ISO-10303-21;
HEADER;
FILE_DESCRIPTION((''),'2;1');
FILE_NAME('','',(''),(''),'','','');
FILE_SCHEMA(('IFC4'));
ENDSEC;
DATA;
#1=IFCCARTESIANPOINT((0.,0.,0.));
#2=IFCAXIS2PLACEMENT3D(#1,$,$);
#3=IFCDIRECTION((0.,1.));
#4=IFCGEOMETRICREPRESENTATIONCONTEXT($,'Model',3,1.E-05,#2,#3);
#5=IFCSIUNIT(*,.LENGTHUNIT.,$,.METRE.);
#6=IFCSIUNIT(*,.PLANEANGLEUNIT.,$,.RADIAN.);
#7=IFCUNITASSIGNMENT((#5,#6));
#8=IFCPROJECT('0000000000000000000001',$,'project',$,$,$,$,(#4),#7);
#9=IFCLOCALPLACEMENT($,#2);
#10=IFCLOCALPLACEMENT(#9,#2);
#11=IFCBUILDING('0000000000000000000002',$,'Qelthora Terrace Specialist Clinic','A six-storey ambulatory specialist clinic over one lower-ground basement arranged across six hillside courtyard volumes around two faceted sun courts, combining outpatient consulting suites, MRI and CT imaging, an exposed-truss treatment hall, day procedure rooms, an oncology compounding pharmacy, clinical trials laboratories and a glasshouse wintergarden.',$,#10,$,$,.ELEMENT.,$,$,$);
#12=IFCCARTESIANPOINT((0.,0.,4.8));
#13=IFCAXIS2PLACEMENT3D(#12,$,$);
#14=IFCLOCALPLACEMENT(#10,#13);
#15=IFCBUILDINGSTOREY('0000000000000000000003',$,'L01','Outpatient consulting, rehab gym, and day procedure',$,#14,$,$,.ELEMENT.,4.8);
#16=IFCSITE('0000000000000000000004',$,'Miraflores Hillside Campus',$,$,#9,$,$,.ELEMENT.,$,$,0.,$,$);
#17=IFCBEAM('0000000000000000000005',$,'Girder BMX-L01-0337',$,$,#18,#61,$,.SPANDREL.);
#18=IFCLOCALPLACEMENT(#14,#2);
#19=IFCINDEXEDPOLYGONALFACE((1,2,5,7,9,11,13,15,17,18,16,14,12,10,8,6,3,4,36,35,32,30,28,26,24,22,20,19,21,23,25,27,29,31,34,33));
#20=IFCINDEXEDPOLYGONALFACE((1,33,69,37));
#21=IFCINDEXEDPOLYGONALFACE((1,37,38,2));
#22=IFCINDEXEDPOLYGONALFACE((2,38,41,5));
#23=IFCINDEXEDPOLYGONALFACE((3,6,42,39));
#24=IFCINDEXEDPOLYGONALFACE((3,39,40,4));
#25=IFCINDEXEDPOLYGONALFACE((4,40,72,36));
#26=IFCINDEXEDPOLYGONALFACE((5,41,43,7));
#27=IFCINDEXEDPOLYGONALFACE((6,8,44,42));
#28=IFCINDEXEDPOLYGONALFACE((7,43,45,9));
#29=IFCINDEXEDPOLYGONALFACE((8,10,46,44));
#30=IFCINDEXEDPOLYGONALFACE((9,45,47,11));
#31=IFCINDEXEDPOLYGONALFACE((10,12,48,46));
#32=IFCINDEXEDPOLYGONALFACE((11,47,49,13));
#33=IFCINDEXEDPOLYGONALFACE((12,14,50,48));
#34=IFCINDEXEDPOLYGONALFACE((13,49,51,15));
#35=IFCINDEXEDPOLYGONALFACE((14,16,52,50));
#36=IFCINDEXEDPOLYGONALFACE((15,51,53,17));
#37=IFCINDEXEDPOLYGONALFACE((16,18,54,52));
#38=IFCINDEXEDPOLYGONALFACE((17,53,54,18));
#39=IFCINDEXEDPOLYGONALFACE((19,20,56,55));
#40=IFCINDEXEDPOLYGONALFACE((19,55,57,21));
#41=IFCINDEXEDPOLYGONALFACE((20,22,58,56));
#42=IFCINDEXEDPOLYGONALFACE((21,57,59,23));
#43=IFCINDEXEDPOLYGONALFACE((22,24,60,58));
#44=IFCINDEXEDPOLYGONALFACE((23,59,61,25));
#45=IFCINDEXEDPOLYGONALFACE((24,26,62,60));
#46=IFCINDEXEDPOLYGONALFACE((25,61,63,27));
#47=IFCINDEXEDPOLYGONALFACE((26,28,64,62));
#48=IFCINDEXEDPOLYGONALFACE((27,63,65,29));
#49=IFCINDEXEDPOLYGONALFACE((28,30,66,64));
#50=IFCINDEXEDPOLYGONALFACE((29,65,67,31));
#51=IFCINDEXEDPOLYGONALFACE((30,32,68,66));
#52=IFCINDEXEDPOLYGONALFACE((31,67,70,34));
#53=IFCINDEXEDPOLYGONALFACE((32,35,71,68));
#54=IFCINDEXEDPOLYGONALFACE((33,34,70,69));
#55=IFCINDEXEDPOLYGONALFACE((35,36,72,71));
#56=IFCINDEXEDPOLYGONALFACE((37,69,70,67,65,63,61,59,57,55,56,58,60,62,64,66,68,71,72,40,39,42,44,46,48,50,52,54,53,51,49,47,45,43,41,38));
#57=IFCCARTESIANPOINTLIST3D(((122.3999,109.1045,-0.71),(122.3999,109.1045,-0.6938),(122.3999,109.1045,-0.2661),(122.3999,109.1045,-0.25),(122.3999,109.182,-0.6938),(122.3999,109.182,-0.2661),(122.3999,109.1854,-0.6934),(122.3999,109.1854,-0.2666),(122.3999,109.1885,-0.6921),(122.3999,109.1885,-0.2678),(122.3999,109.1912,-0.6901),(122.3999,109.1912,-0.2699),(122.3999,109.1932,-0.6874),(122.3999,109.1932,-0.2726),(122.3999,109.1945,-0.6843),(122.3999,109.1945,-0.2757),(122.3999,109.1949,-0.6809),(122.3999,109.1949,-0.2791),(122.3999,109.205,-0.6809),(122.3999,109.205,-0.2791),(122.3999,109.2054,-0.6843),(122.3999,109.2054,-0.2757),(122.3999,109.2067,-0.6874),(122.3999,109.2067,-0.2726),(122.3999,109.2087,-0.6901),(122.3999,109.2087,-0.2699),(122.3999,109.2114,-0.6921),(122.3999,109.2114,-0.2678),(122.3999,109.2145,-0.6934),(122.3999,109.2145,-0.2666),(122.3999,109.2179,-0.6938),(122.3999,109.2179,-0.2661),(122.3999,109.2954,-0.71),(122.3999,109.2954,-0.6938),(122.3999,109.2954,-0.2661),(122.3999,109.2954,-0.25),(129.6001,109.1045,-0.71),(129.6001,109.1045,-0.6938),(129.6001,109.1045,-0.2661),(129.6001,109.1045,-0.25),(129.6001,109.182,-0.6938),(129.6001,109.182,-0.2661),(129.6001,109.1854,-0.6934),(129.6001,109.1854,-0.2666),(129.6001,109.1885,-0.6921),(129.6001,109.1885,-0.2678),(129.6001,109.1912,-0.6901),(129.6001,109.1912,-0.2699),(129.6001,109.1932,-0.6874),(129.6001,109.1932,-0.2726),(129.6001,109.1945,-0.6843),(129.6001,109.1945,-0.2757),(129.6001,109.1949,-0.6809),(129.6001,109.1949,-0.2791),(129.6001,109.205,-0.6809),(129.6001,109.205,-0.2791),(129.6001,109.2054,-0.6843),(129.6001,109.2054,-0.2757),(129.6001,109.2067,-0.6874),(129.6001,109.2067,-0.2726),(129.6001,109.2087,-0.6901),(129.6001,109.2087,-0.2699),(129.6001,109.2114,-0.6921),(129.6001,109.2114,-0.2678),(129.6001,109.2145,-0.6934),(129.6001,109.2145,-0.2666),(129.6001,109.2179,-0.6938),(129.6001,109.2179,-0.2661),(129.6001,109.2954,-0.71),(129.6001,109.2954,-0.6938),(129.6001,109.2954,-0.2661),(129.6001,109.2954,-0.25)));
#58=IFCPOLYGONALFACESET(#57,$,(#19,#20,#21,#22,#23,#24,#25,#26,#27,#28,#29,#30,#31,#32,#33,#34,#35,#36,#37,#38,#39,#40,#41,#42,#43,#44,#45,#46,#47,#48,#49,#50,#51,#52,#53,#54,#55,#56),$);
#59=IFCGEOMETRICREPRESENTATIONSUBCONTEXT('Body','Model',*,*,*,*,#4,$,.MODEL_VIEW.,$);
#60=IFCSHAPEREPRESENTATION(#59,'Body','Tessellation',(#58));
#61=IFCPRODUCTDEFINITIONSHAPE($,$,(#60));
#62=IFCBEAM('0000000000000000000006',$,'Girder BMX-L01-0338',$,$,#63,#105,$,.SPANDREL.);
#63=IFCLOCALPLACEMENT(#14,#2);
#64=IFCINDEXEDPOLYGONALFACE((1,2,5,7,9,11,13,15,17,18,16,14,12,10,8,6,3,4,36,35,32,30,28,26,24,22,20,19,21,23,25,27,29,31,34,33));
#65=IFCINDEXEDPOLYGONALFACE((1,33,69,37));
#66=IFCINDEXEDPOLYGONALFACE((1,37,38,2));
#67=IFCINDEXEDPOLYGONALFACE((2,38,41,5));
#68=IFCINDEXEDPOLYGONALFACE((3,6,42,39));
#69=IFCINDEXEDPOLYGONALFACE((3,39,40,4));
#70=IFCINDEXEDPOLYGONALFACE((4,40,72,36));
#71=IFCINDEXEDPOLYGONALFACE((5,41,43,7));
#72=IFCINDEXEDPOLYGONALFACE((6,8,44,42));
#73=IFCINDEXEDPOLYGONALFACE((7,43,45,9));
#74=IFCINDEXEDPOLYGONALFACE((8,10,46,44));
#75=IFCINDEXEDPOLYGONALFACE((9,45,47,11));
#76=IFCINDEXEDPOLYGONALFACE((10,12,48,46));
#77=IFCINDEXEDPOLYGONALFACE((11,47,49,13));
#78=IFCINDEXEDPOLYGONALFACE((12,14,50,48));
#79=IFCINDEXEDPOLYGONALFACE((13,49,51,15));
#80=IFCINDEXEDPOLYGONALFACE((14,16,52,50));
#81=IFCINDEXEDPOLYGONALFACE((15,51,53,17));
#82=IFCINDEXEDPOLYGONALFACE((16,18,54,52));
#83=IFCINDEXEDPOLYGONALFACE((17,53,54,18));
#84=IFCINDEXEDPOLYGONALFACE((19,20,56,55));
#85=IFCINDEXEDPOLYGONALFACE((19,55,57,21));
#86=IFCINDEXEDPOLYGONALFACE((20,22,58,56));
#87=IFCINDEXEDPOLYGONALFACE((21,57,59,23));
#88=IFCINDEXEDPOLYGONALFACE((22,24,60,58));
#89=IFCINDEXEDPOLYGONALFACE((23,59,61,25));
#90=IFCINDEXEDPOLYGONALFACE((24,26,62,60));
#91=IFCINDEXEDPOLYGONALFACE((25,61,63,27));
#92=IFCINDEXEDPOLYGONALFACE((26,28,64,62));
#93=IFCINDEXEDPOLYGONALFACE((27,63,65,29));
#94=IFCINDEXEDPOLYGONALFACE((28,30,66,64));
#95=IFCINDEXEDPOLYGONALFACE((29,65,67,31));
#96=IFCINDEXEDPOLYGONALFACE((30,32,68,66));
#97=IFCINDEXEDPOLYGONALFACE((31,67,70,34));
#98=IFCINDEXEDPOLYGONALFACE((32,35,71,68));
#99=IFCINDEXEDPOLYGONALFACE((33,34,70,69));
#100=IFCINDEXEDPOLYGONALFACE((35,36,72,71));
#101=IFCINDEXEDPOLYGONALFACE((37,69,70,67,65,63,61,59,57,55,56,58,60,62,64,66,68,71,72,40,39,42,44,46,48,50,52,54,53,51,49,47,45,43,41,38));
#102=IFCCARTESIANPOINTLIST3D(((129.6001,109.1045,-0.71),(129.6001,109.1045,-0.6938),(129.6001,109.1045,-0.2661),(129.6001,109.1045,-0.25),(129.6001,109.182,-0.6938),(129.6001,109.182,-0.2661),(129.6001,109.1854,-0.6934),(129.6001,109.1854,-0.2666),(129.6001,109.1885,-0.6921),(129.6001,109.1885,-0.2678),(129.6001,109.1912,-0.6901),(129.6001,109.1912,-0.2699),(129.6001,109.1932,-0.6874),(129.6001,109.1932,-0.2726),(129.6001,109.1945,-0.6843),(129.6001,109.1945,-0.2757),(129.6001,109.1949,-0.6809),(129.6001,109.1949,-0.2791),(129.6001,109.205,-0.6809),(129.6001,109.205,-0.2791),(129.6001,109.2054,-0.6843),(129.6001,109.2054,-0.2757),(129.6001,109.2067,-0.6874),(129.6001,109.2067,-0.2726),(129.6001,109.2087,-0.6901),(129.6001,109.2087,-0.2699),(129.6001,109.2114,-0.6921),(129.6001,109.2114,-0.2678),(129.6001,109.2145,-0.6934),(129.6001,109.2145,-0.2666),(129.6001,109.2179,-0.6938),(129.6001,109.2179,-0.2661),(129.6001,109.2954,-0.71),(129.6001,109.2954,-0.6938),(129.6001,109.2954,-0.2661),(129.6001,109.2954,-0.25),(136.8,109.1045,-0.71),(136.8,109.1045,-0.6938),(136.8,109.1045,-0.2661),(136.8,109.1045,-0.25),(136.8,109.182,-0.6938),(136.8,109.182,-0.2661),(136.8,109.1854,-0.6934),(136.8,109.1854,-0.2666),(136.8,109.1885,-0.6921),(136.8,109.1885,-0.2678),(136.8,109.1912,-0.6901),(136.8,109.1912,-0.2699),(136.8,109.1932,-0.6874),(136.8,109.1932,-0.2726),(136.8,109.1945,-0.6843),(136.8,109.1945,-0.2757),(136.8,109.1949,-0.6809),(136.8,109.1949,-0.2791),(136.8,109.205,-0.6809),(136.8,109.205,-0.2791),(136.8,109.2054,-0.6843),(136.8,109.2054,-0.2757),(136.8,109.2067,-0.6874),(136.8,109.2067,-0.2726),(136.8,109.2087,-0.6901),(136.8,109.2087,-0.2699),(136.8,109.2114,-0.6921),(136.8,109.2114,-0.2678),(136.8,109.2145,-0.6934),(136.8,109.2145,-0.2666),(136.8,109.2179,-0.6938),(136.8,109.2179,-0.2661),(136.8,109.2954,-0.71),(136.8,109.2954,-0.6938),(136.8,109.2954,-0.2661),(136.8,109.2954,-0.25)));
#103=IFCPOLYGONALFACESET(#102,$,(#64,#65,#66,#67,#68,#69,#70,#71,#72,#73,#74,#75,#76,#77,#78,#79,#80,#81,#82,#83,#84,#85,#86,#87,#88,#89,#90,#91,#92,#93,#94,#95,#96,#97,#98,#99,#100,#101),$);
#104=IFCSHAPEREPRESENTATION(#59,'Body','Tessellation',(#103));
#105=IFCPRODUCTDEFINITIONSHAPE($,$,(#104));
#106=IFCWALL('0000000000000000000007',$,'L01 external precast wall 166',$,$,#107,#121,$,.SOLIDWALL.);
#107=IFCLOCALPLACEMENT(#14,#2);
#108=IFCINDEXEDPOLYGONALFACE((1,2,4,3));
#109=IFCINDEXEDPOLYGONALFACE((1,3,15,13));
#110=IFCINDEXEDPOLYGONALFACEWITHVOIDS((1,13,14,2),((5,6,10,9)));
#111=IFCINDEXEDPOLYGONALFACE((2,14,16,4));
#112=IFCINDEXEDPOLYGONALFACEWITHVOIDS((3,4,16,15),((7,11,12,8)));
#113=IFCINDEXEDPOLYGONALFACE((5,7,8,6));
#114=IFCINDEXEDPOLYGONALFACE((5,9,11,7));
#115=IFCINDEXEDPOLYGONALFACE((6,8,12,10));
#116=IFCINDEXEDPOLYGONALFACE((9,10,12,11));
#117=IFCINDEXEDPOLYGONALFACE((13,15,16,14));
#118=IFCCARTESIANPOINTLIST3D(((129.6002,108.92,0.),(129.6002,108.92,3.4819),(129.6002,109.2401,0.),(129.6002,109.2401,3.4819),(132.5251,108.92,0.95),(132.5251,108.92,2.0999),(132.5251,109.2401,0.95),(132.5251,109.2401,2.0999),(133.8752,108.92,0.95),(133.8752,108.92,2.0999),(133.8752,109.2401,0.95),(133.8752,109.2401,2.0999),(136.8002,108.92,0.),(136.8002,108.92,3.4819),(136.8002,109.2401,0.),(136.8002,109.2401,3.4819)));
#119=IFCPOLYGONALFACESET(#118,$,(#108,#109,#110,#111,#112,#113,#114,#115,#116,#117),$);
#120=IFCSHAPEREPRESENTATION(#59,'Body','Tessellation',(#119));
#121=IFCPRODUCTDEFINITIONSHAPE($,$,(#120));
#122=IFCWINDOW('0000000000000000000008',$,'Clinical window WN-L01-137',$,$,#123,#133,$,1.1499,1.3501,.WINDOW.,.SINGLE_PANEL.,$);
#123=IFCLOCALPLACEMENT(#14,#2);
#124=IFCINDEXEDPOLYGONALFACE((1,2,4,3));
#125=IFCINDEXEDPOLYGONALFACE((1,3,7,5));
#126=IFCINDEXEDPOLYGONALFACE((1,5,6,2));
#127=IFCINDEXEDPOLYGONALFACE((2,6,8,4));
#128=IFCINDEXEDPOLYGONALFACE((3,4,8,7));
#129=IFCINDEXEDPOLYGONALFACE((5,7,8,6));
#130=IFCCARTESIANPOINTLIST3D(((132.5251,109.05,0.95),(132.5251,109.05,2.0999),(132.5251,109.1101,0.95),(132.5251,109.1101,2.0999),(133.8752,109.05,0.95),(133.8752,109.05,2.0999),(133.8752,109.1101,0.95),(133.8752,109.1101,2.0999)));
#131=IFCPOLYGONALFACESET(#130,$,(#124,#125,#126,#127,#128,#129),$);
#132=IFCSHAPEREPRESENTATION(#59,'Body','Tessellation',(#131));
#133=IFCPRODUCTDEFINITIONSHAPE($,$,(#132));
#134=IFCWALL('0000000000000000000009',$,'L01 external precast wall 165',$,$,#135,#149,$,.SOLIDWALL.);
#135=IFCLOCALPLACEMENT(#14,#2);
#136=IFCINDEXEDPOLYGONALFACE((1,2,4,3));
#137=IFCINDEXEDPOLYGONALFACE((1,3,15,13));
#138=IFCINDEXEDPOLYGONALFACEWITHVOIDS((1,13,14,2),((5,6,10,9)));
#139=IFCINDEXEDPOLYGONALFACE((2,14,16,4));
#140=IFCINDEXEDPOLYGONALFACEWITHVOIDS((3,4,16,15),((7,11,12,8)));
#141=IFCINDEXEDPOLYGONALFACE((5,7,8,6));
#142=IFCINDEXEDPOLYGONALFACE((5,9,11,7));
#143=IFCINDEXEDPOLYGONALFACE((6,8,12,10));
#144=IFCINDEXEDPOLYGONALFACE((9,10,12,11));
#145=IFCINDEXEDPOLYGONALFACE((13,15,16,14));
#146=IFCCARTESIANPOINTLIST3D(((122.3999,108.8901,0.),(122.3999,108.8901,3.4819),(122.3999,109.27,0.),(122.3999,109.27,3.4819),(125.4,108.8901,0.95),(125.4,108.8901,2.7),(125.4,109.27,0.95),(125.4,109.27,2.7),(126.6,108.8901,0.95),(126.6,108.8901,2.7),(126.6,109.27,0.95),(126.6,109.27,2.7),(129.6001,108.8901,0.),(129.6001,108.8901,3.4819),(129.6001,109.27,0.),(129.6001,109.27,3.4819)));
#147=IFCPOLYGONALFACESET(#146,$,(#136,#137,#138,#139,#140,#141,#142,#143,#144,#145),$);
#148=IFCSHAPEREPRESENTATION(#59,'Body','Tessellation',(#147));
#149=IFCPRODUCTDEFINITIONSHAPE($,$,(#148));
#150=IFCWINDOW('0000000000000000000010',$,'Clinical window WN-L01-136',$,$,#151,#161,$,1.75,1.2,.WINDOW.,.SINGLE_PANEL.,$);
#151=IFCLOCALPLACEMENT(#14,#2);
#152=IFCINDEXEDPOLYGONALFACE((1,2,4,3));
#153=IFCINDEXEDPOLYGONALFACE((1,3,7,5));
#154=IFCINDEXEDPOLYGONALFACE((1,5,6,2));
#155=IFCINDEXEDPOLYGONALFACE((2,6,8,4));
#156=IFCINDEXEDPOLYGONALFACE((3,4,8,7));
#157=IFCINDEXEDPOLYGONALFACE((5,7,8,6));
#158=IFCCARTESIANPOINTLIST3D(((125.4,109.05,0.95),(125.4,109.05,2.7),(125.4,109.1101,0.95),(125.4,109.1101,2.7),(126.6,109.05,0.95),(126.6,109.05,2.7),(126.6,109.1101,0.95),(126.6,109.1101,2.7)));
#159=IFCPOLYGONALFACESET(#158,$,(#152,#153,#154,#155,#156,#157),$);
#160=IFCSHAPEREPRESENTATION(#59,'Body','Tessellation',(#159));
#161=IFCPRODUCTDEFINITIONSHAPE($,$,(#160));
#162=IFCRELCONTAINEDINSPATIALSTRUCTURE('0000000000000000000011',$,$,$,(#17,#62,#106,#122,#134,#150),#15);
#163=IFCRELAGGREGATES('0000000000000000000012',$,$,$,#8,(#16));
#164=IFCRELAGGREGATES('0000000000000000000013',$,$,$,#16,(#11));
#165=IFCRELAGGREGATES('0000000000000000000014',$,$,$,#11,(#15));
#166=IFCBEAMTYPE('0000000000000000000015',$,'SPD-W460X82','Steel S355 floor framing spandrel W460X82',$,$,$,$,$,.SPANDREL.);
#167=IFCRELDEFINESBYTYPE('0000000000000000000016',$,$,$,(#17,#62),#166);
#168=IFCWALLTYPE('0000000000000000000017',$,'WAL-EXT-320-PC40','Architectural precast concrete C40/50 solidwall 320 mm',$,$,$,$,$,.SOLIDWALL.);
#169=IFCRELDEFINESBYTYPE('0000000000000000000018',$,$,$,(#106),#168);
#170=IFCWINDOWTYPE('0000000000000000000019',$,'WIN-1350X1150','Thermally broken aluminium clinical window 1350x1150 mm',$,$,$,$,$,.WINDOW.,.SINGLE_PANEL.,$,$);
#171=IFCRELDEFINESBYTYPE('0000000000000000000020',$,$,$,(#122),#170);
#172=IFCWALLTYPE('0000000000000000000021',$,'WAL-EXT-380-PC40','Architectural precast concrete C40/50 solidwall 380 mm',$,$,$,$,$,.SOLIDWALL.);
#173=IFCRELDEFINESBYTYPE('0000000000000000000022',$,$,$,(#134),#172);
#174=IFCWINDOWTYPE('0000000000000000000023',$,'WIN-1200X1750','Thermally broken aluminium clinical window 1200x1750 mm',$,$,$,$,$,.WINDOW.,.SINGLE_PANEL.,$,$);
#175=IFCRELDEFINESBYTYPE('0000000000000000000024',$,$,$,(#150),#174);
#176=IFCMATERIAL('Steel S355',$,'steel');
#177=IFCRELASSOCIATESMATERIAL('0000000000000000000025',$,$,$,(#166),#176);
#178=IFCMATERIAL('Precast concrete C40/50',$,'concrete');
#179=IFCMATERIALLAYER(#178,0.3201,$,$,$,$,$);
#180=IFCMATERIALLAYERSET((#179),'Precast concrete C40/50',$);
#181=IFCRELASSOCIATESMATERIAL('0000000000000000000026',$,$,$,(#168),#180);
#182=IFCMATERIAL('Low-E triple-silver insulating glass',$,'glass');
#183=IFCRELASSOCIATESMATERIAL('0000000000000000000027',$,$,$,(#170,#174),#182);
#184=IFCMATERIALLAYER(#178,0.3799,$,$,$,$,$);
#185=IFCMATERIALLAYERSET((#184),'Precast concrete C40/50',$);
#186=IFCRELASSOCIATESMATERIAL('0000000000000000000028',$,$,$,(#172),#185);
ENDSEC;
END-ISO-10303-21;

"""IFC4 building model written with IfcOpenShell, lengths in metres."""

from ifc_helpers import new_model, si_unit, direction, frame, frame_2d, origin, origin_2d, place, context, subcontext, project, spatial, rectangle, i_section, extrude, material, layer, layer_set, material_profile, profile_set, type_object, element, fill, save


model = new_model("IFC4")

# Units and contexts
model_context = context("Model", 3, precision=1e-05, world=origin(), true_north=direction((0.0, 1.0)))
body_context = subcontext(model_context, "Body", "Model", "MODEL_VIEW")
ifc_project = project(units=[si_unit("LENGTHUNIT", "METRE"), si_unit("PLANEANGLEUNIT", "RADIAN")], contexts=[model_context])

# Site, building, storey
site_placement = place(None, origin())
site = spatial("IfcSite", under=ifc_project, at=site_placement, Name="Miraflores Hillside Campus", CompositionType="ELEMENT", RefElevation=0.0)
building_placement = place(site_placement, origin())
building = spatial("IfcBuilding", under=site, at=building_placement, Name="Qelthora Terrace Specialist Clinic", Description="A six-storey ambulatory specialist clinic over one lower-ground basement arranged across six hillside courtyard volumes around two faceted sun courts, combining outpatient consulting suites, MRI and CT imaging, an exposed-truss treatment hall, day procedure rooms, an oncology compounding pharmacy, clinical trials laboratories and a glasshouse wintergarden.", CompositionType="ELEMENT")
storey_placement = place(building_placement, frame((0.0, 0.0, 4.8)))
storey = spatial("IfcBuildingStorey", under=building, at=storey_placement, Name="L01", Description="Outpatient consulting, rehab gym, and day procedure", CompositionType="ELEMENT", Elevation=4.8)

# Shared definitions
ifc_material_1 = material(Name="Steel S355", Category="steel")

# Beams
ifc_material_profile_1 = material_profile(ifc_material_1, i_section(OverallWidth=0.1909, OverallDepth=0.46, WebThickness=0.01, FlangeThickness=0.0161, FilletRadius=0.0129, at=origin_2d()), Name="W460X82")
ifc_profile_set_1 = profile_set([ifc_material_profile_1], Name="Steel S355")
beam_type_1 = type_object("IfcBeamType", Name="SPD-W460X82", Description="Steel S355 floor framing spandrel W460X82", PredefinedType="SPANDREL", material=ifc_profile_set_1)
beam_1_placement = place(storey_placement, frame((122.3999, 109.2, -0.48), z_axis=(1.0, 0.0, 0.0), x_axis=(0.0, 1.0, 0.0)))
element("IfcBeam", 1, at=beam_1_placement, inside=storey, type_object=beam_type_1, Name="Girder BMX-L01-0337", PredefinedType="SPANDREL", context=body_context, shape_type="SweptSolid", body=[
    extrude(i_section(OverallWidth=0.1909, OverallDepth=0.46, WebThickness=0.01, FlangeThickness=0.0161, FilletRadius=0.0129, at=origin_2d()), origin(), (0.0, 0.0, 1.0), 7.2002),
])
beam_2_placement = place(storey_placement, frame((129.6001, 109.2, -0.48), z_axis=(1.0, 0.0, 0.0), x_axis=(0.0, 1.0, 0.0)))
element("IfcBeam", 2, at=beam_2_placement, inside=storey, type_object=beam_type_1, Name="Girder BMX-L01-0338", PredefinedType="SPANDREL", context=body_context, shape_type="SweptSolid", body=[
    extrude(i_section(OverallWidth=0.1909, OverallDepth=0.46, WebThickness=0.01, FlangeThickness=0.0161, FilletRadius=0.0129, at=origin_2d()), origin(), (0.0, 0.0, 1.0), 7.2),
])

# Walls, openings, windows
ifc_material_2 = material(Name="Precast concrete C40/50", Category="concrete")
ifc_layer_1 = layer(ifc_material_2, 0.3201)
ifc_layer_set_1 = layer_set([ifc_layer_1], Name="Precast concrete C40/50")
wall_type_1 = type_object("IfcWallType", Name="WAL-EXT-320-PC40", Description="Architectural precast concrete C40/50 solidwall 320 mm", PredefinedType="SOLIDWALL", material=ifc_layer_set_1)
wall_1_placement = place(storey_placement, frame((129.6001, 109.0801, 0.0), z_axis=(0.0, 0.0, 1.0), x_axis=(1.0, 0.0, 0.0)))
wall_1 = element("IfcWall", 3, at=wall_1_placement, inside=storey, type_object=wall_type_1, Name="L01 external precast wall 166", PredefinedType="SOLIDWALL", context=body_context, shape_type="SweptSolid", body=[
    extrude(rectangle(XDim=7.2, YDim=0.3201, at=frame_2d((3.6001, 0.0))), origin(), (0.0, 0.0, 1.0), 3.4819),
])
opening_1_placement = place(wall_1_placement, frame((2.925, 0.0, 0.95)))
opening_1 = element("IfcOpeningElement", 4, at=opening_1_placement, cuts=wall_1, PredefinedType="OPENING", context=body_context, shape_type="SweptSolid", body=[
    extrude(rectangle(XDim=1.3501, YDim=1.1499, at=frame_2d((0.675, 0.575))), frame((0.0, 0.1699, 0.0), z_axis=(0.0, -1.0, 0.0), x_axis=(1.0, 0.0, 0.0)), (0.0, 0.0, 1.0), 0.3401),
])
ifc_material_3 = material(Name="Low-E triple-silver insulating glass", Category="glass")
window_type_1 = type_object("IfcWindowType", Name="WIN-1350X1150", Description="Thermally broken aluminium clinical window 1350x1150 mm", PartitioningType="SINGLE_PANEL", PredefinedType="WINDOW", material=ifc_material_3)
window_1_placement = place(opening_1_placement, origin())
window_1 = element("IfcWindow", 5, at=window_1_placement, inside=storey, type_object=window_type_1, Name="Clinical window WN-L01-137", OverallHeight=1.1499, OverallWidth=1.3501, PartitioningType="SINGLE_PANEL", PredefinedType="WINDOW", context=body_context, shape_type="SweptSolid", body=[
    extrude(rectangle(XDim=1.3501, YDim=1.1499, at=frame_2d((0.675, 0.575))), frame((0.0, 0.03, 0.0), z_axis=(0.0, -1.0, 0.0), x_axis=(1.0, 0.0, 0.0)), (0.0, 0.0, 1.0), 0.0601),
])
fill(opening_1, window_1)
ifc_layer_2 = layer(ifc_material_2, 0.3799)
ifc_layer_set_2 = layer_set([ifc_layer_2], Name="Precast concrete C40/50")
wall_type_2 = type_object("IfcWallType", Name="WAL-EXT-380-PC40", Description="Architectural precast concrete C40/50 solidwall 380 mm", PredefinedType="SOLIDWALL", material=ifc_layer_set_2)
wall_2_placement = place(storey_placement, frame((122.3999, 109.0801, 0.0), z_axis=(0.0, 0.0, 1.0), x_axis=(1.0, 0.0, 0.0)))
wall_2 = element("IfcWall", 6, at=wall_2_placement, inside=storey, type_object=wall_type_2, Name="L01 external precast wall 165", PredefinedType="SOLIDWALL", context=body_context, shape_type="SweptSolid", body=[
    extrude(rectangle(XDim=7.2002, YDim=0.3799, at=frame_2d((3.6001, 0.0))), origin(), (0.0, 0.0, 1.0), 3.4819),
])
opening_2_placement = place(wall_2_placement, frame((3.0, 0.0, 0.95)))
opening_2 = element("IfcOpeningElement", 7, at=opening_2_placement, cuts=wall_2, PredefinedType="OPENING", context=body_context, shape_type="SweptSolid", body=[
    extrude(rectangle(XDim=1.2, YDim=1.75, at=frame_2d((0.6001, 0.875))), frame((0.0, 0.2, 0.0), z_axis=(0.0, -1.0, 0.0), x_axis=(1.0, 0.0, 0.0)), (0.0, 0.0, 1.0), 0.3999),
])
window_type_2 = type_object("IfcWindowType", Name="WIN-1200X1750", Description="Thermally broken aluminium clinical window 1200x1750 mm", PartitioningType="SINGLE_PANEL", PredefinedType="WINDOW", material=ifc_material_3)
window_2_placement = place(opening_2_placement, origin())
window_2 = element("IfcWindow", 8, at=window_2_placement, inside=storey, type_object=window_type_2, Name="Clinical window WN-L01-136", OverallHeight=1.75, OverallWidth=1.2, PartitioningType="SINGLE_PANEL", PredefinedType="WINDOW", context=body_context, shape_type="SweptSolid", body=[
    extrude(rectangle(XDim=1.2, YDim=1.75, at=frame_2d((0.6001, 0.875))), frame((0.0, 0.03, 0.0), z_axis=(0.0, -1.0, 0.0), x_axis=(1.0, 0.0, 0.0)), (0.0, 0.0, 1.0), 0.0601),
])
fill(opening_2, window_2)

save(model, "model.ifc")
